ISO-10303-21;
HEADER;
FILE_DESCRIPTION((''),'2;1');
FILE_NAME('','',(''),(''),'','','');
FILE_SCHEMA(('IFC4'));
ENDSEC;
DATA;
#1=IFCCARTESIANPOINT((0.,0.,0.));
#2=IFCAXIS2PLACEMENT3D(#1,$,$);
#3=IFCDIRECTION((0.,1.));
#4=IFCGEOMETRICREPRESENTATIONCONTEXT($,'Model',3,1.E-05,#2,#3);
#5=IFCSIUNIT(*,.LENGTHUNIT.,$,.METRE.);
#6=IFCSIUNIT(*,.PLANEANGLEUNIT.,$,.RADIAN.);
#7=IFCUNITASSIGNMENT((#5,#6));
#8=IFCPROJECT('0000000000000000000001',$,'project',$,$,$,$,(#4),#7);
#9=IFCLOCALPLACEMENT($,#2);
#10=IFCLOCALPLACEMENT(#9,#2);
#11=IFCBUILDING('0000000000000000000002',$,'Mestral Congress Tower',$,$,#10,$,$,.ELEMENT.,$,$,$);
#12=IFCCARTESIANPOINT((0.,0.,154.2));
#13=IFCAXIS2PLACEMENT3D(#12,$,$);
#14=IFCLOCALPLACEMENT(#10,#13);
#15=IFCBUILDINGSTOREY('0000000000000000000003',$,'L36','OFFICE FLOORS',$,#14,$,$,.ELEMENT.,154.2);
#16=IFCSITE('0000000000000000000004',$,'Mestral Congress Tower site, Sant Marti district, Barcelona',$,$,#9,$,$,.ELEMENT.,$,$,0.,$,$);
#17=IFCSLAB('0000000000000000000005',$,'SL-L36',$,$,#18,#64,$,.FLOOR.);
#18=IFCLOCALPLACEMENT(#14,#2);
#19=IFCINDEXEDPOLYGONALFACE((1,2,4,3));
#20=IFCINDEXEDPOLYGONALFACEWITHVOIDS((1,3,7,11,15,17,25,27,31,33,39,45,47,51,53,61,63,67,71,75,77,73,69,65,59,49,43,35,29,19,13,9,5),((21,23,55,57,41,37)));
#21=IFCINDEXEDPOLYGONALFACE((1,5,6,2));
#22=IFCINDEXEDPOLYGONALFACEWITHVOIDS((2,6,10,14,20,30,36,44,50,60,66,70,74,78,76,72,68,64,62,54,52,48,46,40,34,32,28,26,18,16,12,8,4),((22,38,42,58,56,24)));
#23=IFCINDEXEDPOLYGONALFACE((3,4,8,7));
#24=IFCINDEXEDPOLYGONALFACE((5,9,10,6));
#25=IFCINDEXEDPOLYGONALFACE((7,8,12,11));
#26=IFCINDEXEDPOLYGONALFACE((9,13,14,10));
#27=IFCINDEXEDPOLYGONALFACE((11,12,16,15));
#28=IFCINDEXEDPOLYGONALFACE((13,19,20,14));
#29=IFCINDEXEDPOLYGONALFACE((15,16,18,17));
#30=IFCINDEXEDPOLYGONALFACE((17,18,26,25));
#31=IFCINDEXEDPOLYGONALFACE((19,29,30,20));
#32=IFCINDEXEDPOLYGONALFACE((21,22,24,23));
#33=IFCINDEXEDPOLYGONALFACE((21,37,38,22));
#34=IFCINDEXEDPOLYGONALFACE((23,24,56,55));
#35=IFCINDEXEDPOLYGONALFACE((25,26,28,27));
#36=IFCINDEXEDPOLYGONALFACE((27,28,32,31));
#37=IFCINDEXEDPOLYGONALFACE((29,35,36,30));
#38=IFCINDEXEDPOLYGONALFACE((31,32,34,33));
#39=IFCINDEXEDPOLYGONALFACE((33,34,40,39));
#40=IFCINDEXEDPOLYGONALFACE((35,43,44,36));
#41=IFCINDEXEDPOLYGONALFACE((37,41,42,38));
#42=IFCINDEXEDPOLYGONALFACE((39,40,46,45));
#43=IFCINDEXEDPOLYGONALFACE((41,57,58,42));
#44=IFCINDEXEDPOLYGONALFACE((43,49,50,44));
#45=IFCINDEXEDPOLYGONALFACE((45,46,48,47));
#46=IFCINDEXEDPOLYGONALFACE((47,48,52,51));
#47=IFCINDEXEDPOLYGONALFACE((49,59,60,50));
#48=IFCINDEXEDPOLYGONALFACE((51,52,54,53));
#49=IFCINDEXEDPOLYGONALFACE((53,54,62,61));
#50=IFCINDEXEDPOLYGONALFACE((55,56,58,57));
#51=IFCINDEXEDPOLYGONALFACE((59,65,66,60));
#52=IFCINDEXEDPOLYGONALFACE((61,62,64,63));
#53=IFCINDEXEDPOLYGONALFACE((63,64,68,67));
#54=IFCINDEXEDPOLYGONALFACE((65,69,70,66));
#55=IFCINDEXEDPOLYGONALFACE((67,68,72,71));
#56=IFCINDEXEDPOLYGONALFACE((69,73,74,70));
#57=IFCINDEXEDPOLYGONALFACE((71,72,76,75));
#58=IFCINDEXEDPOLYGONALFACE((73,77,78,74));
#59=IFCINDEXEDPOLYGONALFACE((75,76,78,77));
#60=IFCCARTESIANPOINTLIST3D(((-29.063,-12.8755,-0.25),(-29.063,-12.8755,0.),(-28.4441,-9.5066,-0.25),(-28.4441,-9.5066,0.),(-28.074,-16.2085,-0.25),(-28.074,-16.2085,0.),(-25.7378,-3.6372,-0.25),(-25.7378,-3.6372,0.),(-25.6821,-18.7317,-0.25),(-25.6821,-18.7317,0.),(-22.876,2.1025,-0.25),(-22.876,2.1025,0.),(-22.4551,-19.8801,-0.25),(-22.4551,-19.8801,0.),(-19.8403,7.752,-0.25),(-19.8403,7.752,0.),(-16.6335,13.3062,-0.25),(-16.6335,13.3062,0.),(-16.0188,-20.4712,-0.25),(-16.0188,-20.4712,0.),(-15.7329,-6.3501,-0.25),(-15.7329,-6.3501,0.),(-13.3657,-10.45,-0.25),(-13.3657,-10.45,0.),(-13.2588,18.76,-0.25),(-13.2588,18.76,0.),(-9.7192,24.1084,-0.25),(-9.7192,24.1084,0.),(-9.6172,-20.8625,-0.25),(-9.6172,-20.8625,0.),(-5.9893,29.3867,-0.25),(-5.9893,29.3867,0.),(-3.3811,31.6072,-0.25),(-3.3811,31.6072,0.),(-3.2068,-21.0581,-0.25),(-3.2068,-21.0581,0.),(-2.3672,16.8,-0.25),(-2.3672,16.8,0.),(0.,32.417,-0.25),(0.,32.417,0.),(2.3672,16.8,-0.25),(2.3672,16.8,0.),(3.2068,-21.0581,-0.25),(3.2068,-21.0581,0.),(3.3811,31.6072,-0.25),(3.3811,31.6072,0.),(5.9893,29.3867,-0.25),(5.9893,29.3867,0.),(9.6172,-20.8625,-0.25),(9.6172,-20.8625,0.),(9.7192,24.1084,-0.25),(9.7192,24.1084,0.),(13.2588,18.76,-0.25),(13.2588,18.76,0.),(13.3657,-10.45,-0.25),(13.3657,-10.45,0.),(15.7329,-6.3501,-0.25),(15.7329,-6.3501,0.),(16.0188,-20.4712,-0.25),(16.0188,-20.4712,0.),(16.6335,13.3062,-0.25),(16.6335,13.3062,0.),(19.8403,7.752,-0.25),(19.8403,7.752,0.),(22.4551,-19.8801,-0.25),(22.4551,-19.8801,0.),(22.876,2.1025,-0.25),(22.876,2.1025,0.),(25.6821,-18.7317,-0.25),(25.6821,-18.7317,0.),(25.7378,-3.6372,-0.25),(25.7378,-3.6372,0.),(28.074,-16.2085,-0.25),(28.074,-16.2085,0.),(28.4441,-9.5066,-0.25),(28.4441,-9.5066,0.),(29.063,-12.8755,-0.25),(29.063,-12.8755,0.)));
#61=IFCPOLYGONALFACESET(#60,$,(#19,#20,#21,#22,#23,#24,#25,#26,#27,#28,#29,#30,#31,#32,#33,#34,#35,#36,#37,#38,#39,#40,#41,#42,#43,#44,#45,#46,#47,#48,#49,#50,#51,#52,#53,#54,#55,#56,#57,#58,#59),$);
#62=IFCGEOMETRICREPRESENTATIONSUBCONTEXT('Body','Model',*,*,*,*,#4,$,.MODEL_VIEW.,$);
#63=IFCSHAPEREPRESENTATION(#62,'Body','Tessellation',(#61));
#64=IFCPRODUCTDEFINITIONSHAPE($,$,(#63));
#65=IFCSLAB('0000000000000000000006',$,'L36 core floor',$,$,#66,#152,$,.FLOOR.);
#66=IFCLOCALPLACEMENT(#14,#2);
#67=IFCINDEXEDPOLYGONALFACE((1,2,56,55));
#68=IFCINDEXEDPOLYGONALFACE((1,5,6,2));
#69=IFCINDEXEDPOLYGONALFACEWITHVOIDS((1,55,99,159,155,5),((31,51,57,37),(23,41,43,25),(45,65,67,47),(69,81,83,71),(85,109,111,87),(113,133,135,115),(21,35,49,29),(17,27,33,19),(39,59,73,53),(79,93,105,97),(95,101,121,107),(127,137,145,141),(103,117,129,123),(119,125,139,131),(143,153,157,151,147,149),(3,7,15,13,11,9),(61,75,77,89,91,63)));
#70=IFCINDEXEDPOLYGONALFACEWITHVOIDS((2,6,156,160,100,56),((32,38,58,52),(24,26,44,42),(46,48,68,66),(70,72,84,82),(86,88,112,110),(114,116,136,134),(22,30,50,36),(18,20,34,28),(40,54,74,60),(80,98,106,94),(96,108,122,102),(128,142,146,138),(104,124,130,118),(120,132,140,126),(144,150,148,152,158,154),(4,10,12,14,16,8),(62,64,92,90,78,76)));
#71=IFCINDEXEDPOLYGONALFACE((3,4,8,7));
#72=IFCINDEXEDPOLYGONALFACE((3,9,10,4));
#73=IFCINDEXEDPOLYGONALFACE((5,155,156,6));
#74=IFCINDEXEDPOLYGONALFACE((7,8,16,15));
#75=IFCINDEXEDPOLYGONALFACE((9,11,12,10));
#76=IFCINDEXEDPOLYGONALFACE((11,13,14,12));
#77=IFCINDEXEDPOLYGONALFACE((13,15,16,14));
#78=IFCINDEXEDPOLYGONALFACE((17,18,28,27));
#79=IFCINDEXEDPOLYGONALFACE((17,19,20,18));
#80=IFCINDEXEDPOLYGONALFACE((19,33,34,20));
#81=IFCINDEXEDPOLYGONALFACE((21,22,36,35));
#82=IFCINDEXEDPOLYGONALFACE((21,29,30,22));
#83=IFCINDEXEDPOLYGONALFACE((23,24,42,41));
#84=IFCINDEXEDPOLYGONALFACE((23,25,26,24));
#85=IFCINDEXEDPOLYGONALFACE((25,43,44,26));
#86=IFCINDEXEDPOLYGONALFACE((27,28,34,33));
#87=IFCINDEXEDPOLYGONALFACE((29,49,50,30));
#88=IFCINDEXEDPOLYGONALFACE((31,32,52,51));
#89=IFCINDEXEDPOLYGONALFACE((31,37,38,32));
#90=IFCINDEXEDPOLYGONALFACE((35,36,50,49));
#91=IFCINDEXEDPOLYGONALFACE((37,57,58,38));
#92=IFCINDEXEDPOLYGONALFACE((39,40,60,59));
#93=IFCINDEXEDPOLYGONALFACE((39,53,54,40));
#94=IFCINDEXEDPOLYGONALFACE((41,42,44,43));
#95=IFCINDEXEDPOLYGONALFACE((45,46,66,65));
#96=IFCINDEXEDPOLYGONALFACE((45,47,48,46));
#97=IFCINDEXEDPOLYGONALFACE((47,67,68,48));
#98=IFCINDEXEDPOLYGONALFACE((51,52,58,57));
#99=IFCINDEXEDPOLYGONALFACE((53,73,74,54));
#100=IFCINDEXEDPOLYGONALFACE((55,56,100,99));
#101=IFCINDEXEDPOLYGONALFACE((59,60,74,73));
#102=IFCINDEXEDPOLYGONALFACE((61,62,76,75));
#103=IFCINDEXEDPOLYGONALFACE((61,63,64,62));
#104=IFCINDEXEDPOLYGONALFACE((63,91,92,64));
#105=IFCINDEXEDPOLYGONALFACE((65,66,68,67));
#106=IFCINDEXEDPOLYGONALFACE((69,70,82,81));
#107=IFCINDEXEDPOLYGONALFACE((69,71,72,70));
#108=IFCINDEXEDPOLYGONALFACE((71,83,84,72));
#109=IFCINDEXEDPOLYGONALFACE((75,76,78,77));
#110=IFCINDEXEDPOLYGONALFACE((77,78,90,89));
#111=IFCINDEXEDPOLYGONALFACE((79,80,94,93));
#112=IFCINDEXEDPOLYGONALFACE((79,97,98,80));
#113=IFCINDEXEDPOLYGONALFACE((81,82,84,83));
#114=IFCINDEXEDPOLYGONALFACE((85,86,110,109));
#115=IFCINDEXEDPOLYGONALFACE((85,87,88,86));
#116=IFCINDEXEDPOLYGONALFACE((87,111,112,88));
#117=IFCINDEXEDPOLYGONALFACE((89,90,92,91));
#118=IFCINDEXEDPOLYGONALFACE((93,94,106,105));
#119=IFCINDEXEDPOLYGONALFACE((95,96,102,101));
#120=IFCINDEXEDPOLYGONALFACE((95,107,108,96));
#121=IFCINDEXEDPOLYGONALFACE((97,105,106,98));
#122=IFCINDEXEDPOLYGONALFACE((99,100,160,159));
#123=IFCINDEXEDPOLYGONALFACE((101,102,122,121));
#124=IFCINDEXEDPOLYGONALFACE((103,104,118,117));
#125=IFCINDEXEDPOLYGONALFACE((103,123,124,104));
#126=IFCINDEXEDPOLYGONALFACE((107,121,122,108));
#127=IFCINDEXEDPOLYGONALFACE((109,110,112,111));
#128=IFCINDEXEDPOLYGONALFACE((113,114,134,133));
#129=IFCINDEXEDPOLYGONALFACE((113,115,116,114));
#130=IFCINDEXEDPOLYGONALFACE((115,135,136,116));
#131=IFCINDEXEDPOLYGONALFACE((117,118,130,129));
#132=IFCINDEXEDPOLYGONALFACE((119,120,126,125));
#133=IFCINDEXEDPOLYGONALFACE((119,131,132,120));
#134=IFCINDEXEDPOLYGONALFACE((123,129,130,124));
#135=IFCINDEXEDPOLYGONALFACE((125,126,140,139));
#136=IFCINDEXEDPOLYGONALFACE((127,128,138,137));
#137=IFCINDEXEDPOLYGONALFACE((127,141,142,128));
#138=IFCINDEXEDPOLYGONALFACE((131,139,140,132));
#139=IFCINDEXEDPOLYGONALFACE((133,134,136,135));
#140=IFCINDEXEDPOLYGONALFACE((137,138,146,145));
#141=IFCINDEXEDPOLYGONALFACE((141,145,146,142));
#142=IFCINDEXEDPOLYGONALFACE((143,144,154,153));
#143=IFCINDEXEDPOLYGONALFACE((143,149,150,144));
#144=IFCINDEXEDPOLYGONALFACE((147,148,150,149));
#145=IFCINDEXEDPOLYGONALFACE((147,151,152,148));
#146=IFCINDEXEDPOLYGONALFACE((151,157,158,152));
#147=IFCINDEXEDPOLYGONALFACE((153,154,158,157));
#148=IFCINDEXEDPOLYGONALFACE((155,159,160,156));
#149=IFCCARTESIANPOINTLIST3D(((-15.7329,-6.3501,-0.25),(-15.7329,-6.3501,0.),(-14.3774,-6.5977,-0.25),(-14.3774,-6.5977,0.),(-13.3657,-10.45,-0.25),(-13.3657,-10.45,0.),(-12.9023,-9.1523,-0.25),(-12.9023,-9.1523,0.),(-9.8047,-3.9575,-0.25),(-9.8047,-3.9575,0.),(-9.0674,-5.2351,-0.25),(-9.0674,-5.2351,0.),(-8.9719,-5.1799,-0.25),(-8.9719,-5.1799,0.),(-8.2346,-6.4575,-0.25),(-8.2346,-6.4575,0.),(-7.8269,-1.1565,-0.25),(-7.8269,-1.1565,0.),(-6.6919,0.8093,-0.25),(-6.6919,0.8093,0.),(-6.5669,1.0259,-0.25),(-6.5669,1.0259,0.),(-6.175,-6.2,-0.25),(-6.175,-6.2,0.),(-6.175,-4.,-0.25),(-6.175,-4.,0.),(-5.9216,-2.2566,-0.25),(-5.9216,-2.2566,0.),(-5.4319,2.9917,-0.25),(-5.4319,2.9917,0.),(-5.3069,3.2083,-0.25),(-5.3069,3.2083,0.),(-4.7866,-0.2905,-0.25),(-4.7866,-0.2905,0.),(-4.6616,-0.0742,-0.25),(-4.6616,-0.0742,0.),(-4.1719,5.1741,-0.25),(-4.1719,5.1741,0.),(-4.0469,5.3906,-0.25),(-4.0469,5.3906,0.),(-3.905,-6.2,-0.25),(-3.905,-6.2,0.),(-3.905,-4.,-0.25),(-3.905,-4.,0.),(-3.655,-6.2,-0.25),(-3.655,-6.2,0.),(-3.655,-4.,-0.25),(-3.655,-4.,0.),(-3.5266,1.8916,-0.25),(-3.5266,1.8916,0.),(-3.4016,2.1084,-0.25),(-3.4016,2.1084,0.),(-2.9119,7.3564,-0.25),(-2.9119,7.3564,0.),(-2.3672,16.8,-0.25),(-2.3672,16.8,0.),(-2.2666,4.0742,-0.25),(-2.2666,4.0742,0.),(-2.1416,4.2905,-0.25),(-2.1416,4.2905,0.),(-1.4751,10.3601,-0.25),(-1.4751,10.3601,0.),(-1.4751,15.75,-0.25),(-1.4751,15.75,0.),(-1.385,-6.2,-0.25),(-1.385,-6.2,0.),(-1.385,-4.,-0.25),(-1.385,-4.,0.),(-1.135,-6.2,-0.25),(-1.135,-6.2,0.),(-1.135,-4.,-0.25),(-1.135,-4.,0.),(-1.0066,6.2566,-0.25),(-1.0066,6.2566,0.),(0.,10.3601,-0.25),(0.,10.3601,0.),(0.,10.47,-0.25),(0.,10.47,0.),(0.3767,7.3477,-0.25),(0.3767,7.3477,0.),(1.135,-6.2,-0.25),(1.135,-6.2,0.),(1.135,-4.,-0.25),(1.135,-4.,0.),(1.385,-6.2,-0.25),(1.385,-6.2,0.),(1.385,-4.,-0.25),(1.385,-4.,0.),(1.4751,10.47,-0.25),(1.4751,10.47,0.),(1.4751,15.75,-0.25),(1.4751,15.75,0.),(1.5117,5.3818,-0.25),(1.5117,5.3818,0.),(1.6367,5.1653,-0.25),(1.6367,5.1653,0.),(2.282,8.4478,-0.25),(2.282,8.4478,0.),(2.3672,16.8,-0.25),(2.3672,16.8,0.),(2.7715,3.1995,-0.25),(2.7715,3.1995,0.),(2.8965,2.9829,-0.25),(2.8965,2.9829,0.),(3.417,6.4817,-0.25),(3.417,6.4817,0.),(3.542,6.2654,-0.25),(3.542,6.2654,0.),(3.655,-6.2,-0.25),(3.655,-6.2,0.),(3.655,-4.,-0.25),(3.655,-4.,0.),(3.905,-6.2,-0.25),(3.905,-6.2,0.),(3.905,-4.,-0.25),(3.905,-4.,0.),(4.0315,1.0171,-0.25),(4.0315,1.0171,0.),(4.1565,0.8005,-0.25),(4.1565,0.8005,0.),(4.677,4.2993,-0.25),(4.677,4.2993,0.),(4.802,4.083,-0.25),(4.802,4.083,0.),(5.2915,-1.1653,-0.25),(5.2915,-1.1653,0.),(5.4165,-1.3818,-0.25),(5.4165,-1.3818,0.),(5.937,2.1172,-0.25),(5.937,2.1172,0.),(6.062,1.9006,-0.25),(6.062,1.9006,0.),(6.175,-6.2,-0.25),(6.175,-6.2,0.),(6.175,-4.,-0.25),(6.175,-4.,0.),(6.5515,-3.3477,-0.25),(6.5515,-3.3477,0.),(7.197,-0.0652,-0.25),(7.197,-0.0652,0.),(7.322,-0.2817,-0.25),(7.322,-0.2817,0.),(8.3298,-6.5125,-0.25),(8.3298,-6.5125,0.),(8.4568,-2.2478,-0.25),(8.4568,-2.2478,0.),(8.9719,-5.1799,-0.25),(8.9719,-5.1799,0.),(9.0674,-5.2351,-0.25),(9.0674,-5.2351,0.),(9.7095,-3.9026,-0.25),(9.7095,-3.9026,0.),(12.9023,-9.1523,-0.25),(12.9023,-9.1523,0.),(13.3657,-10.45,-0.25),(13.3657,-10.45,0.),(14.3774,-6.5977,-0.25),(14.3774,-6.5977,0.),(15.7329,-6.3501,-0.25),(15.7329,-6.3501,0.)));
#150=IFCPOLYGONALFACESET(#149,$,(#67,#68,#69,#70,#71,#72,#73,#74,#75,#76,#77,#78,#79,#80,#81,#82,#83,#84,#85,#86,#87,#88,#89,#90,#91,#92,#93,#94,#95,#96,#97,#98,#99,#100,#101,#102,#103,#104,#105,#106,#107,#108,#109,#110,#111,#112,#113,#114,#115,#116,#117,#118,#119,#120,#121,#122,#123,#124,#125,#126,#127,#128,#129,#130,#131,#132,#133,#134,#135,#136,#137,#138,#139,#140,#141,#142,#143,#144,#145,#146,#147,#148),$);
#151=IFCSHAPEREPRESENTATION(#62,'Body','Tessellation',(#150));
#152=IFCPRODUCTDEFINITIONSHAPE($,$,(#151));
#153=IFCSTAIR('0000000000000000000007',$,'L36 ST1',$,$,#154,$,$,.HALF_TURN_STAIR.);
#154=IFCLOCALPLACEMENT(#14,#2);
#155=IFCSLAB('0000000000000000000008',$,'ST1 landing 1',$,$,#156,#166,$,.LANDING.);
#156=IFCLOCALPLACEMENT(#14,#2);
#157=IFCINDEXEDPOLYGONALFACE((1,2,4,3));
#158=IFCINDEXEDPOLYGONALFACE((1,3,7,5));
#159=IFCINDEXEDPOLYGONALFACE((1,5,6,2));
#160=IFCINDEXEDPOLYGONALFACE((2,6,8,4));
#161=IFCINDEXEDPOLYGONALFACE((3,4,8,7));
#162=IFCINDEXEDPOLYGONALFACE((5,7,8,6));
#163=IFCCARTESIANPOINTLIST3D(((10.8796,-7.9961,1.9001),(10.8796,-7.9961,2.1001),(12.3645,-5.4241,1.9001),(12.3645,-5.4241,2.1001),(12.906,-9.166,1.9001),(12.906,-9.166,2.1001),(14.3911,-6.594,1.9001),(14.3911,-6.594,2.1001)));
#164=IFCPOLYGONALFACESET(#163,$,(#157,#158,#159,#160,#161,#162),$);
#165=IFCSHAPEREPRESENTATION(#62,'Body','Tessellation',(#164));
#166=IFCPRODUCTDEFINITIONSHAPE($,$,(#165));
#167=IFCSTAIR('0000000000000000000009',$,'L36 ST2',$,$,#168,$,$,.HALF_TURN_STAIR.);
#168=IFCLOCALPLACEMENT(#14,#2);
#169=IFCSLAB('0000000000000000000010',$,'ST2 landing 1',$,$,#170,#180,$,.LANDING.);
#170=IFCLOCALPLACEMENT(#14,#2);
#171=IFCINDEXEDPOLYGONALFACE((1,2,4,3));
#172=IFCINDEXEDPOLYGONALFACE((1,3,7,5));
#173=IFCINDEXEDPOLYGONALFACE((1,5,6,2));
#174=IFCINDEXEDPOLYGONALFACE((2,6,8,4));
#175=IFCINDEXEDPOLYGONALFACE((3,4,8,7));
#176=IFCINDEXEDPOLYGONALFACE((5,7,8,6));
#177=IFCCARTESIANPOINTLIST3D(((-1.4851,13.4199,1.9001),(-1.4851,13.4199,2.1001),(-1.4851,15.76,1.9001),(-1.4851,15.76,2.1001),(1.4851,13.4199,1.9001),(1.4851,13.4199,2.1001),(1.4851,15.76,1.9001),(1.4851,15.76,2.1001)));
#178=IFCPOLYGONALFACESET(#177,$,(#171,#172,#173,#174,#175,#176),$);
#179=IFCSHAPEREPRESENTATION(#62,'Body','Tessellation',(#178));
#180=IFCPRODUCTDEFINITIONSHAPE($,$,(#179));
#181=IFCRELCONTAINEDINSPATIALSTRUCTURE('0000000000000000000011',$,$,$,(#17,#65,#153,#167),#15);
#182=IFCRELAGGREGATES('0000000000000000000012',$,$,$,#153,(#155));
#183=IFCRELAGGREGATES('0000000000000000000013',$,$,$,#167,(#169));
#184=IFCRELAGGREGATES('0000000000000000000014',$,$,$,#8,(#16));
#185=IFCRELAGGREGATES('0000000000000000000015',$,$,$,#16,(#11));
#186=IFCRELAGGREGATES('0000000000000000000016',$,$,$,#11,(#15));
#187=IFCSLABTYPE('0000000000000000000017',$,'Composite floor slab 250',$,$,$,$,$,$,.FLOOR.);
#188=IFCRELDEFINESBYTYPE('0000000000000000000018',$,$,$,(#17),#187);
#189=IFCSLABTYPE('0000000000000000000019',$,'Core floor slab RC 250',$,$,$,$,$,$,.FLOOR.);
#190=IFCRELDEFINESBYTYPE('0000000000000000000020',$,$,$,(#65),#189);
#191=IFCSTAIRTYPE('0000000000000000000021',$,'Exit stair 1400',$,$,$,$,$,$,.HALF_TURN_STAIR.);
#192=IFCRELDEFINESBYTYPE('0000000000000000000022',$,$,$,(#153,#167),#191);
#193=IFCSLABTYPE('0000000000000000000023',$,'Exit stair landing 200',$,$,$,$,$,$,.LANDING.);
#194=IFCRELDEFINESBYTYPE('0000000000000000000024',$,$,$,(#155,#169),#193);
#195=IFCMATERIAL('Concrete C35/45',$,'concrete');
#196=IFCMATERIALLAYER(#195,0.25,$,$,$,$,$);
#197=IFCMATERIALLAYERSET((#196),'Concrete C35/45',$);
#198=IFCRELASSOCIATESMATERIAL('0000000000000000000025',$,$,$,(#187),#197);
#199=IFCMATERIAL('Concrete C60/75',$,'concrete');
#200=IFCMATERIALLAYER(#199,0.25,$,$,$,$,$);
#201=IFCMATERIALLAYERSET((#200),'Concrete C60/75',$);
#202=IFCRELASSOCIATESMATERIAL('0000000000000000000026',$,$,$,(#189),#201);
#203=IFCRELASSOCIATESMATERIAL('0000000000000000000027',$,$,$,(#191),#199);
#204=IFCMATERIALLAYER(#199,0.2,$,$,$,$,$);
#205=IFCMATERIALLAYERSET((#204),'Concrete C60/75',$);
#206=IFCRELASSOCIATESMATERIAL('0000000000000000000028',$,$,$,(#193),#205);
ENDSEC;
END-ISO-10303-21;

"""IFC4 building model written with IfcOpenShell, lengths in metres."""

from ifc_helpers import new_model, si_unit, direction, frame, origin, place, context, subcontext, project, spatial, polyline, outline, extrude, material, layer, layer_set, type_object, element, aggregate, save


model = new_model("IFC4")

# Units and contexts
model_context = context("Model", 3, precision=1e-05, world=origin(), true_north=direction((0.0, 1.0)))
body_context = subcontext(model_context, "Body", "Model", "MODEL_VIEW")
ifc_project = project(units=[si_unit("LENGTHUNIT", "METRE"), si_unit("PLANEANGLEUNIT", "RADIAN")], contexts=[model_context])

# Site, building, storey
site_placement = place(None, origin())
site = spatial("IfcSite", under=ifc_project, at=site_placement, Name="Mestral Congress Tower site, Sant Marti district, Barcelona", CompositionType="ELEMENT", RefElevation=0.0)
building_placement = place(site_placement, origin())
building = spatial("IfcBuilding", under=site, at=building_placement, Name="Mestral Congress Tower", CompositionType="ELEMENT")
storey_placement = place(building_placement, frame((0.0, 0.0, 154.2)))
storey = spatial("IfcBuildingStorey", under=building, at=storey_placement, Name="L36", Description="OFFICE FLOORS", CompositionType="ELEMENT", Elevation=154.2)

# Slabs
ifc_material_1 = material(Name="Concrete C35/45", Category="concrete")
ifc_layer_1 = layer(ifc_material_1, 0.25)
ifc_layer_set_1 = layer_set([ifc_layer_1], Name="Concrete C35/45")
slab_type_1 = type_object("IfcSlabType", Name="Composite floor slab 250", PredefinedType="FLOOR", material=ifc_layer_set_1)
placement_1 = place(storey_placement, frame((0.0, 0.0, -0.25)))
element("IfcSlab", 1, at=placement_1, inside=storey, type_object=slab_type_1, Name="SL-L36", PredefinedType="FLOOR", context=body_context, shape_type="SweptSolid", body=[
    extrude(outline(polyline([(-22.4551, -19.8801), (-25.6821, -18.7317), (-28.074, -16.2085), (-29.063, -12.8755), (-28.4441, -9.5066), (-25.7378, -3.6372), (-22.876, 2.1025), (-19.8403, 7.752), (-16.6335, 13.3062), (-13.2588, 18.76), (-9.7192, 24.1084), (-5.9893, 29.3867), (-3.3811, 31.6072), (0.0, 32.417), (3.3811, 31.6072), (5.9893, 29.3867), (9.7192, 24.1084), (13.2588, 18.76), (16.6335, 13.3062), (19.8403, 7.752), (22.876, 2.1025), (25.7378, -3.6372), (28.4441, -9.5066), (29.063, -12.8755), (28.074, -16.2085), (25.6821, -18.7317), (22.4551, -19.8801), (16.0188, -20.4712), (9.6172, -20.8625), (3.2068, -21.0581), (-3.2068, -21.0581), (-9.6172, -20.8625), (-16.0188, -20.4712), (-22.4551, -19.8801)]), holes=[polyline([(-2.3672, 16.8), (-15.7329, -6.3501), (-13.3657, -10.45), (13.3657, -10.45), (15.7329, -6.3501), (2.3672, 16.8), (-2.3672, 16.8)])]), origin(), (0.0, 0.0, 1.0), 0.25),
])
ifc_material_2 = material(Name="Concrete C60/75", Category="concrete")
ifc_layer_2 = layer(ifc_material_2, 0.25)
ifc_layer_set_2 = layer_set([ifc_layer_2], Name="Concrete C60/75")
slab_type_2 = type_object("IfcSlabType", Name="Core floor slab RC 250", PredefinedType="FLOOR", material=ifc_layer_set_2)
element("IfcSlab", 2, at=placement_1, inside=storey, type_object=slab_type_2, Name="L36 core floor", PredefinedType="FLOOR", context=body_context, shape_type="SweptSolid", body=[
    extrude(outline(polyline([(13.3657, -10.45), (-13.3657, -10.45), (-15.7329, -6.3501), (-2.3672, 16.8), (2.3672, 16.8), (15.7329, -6.3501), (13.3657, -10.45)]), holes=[polyline([(-9.8047, -3.9575), (-14.3774, -6.5977), (-12.9023, -9.1523), (-8.2346, -6.4575), (-8.9719, -5.1799), (-9.0674, -5.2351), (-9.8047, -3.9575)]), polyline([(-3.905, -4.0), (-6.175, -4.0), (-6.175, -6.2), (-3.905, -6.2), (-3.905, -4.0)]), polyline([(-1.385, -4.0), (-3.655, -4.0), (-3.655, -6.2), (-1.385, -6.2), (-1.385, -4.0)]), polyline([(1.135, -4.0), (-1.135, -4.0), (-1.135, -6.2), (1.135, -6.2), (1.135, -4.0)]), polyline([(-5.9216, -2.2566), (-4.7866, -0.2905), (-6.6919, 0.8093), (-7.8269, -1.1565), (-5.9216, -2.2566)]), polyline([(-4.6616, -0.0742), (-3.5266, 1.8916), (-5.4319, 2.9917), (-6.5669, 1.0259), (-4.6616, -0.0742)]), polyline([(-3.4016, 2.1084), (-2.2666, 4.0742), (-4.1719, 5.1741), (-5.3069, 3.2083), (-3.4016, 2.1084)]), polyline([(-2.1416, 4.2905), (-1.0066, 6.2566), (-2.9119, 7.3564), (-4.0469, 5.3906), (-2.1416, 4.2905)]), polyline([(1.4751, 10.47), (1.4751, 15.75), (-1.4751, 15.75), (-1.4751, 10.3601), (0.0, 10.3601), (0.0, 10.47), (1.4751, 10.47)]), polyline([(8.3298, -6.5125), (12.9023, -9.1523), (14.3774, -6.5977), (9.7095, -3.9026), (8.9719, -5.1799), (9.0674, -5.2351), (8.3298, -6.5125)]), polyline([(3.655, -4.0), (1.385, -4.0), (1.385, -6.2), (3.655, -6.2), (3.655, -4.0)]), polyline([(6.175, -4.0), (3.905, -4.0), (3.905, -6.2), (6.175, -6.2), (6.175, -4.0)]), polyline([(5.4165, -1.3818), (6.5515, -3.3477), (8.4568, -2.2478), (7.322, -0.2817), (5.4165, -1.3818)]), polyline([(4.1565, 0.8005), (5.2915, -1.1653), (7.197, -0.0652), (6.062, 1.9006), (4.1565, 0.8005)]), polyline([(2.8965, 2.9829), (4.0315, 1.0171), (5.937, 2.1172), (4.802, 4.083), (2.8965, 2.9829)]), polyline([(3.542, 6.2654), (1.6367, 5.1653), (2.7715, 3.1995), (4.677, 4.2993), (3.542, 6.2654)]), polyline([(2.282, 8.4478), (0.3767, 7.3477), (1.5117, 5.3818), (3.417, 6.4817), (2.282, 8.4478)])]), origin(), (0.0, 0.0, 1.0), 0.25),
])

# Stairs, slabs
stair_type = type_object("IfcStairType", Name="Exit stair 1400", PredefinedType="HALF_TURN_STAIR", material=ifc_material_2)
placement_2 = place(storey_placement, origin())
stair_1 = element("IfcStair", 3, at=placement_2, inside=storey, type_object=stair_type, Name="L36 ST1", PredefinedType="HALF_TURN_STAIR")
ifc_layer_3 = layer(ifc_material_2, 0.2)
ifc_layer_set_3 = layer_set([ifc_layer_3], Name="Concrete C60/75")
slab_type_3 = type_object("IfcSlabType", Name="Exit stair landing 200", PredefinedType="LANDING", material=ifc_layer_set_3)
placement_3 = place(storey_placement, frame((0.0, 0.0, 1.9001)))
slab_1 = element("IfcSlab", 4, at=placement_3, type_object=slab_type_3, Name="ST1 landing 1", PredefinedType="LANDING", context=body_context, shape_type="SweptSolid", body=[
    extrude(outline(polyline([(10.8796, -7.9961), (12.3645, -5.4241), (14.3911, -6.594), (12.906, -9.166), (10.8796, -7.9961)])), origin(), (0.0, 0.0, 1.0), 0.2),
])
aggregate(stair_1, [slab_1])
stair_2 = element("IfcStair", 5, at=placement_2, inside=storey, type_object=stair_type, Name="L36 ST2", PredefinedType="HALF_TURN_STAIR")
slab_2 = element("IfcSlab", 6, at=placement_3, type_object=slab_type_3, Name="ST2 landing 1", PredefinedType="LANDING", context=body_context, shape_type="SweptSolid", body=[
    extrude(outline(polyline([(1.4851, 13.4199), (-1.4851, 13.4199), (-1.4851, 15.76), (1.4851, 15.76), (1.4851, 13.4199)])), origin(), (0.0, 0.0, 1.0), 0.2),
])
aggregate(stair_2, [slab_2])

save(model, "model.ifc")
